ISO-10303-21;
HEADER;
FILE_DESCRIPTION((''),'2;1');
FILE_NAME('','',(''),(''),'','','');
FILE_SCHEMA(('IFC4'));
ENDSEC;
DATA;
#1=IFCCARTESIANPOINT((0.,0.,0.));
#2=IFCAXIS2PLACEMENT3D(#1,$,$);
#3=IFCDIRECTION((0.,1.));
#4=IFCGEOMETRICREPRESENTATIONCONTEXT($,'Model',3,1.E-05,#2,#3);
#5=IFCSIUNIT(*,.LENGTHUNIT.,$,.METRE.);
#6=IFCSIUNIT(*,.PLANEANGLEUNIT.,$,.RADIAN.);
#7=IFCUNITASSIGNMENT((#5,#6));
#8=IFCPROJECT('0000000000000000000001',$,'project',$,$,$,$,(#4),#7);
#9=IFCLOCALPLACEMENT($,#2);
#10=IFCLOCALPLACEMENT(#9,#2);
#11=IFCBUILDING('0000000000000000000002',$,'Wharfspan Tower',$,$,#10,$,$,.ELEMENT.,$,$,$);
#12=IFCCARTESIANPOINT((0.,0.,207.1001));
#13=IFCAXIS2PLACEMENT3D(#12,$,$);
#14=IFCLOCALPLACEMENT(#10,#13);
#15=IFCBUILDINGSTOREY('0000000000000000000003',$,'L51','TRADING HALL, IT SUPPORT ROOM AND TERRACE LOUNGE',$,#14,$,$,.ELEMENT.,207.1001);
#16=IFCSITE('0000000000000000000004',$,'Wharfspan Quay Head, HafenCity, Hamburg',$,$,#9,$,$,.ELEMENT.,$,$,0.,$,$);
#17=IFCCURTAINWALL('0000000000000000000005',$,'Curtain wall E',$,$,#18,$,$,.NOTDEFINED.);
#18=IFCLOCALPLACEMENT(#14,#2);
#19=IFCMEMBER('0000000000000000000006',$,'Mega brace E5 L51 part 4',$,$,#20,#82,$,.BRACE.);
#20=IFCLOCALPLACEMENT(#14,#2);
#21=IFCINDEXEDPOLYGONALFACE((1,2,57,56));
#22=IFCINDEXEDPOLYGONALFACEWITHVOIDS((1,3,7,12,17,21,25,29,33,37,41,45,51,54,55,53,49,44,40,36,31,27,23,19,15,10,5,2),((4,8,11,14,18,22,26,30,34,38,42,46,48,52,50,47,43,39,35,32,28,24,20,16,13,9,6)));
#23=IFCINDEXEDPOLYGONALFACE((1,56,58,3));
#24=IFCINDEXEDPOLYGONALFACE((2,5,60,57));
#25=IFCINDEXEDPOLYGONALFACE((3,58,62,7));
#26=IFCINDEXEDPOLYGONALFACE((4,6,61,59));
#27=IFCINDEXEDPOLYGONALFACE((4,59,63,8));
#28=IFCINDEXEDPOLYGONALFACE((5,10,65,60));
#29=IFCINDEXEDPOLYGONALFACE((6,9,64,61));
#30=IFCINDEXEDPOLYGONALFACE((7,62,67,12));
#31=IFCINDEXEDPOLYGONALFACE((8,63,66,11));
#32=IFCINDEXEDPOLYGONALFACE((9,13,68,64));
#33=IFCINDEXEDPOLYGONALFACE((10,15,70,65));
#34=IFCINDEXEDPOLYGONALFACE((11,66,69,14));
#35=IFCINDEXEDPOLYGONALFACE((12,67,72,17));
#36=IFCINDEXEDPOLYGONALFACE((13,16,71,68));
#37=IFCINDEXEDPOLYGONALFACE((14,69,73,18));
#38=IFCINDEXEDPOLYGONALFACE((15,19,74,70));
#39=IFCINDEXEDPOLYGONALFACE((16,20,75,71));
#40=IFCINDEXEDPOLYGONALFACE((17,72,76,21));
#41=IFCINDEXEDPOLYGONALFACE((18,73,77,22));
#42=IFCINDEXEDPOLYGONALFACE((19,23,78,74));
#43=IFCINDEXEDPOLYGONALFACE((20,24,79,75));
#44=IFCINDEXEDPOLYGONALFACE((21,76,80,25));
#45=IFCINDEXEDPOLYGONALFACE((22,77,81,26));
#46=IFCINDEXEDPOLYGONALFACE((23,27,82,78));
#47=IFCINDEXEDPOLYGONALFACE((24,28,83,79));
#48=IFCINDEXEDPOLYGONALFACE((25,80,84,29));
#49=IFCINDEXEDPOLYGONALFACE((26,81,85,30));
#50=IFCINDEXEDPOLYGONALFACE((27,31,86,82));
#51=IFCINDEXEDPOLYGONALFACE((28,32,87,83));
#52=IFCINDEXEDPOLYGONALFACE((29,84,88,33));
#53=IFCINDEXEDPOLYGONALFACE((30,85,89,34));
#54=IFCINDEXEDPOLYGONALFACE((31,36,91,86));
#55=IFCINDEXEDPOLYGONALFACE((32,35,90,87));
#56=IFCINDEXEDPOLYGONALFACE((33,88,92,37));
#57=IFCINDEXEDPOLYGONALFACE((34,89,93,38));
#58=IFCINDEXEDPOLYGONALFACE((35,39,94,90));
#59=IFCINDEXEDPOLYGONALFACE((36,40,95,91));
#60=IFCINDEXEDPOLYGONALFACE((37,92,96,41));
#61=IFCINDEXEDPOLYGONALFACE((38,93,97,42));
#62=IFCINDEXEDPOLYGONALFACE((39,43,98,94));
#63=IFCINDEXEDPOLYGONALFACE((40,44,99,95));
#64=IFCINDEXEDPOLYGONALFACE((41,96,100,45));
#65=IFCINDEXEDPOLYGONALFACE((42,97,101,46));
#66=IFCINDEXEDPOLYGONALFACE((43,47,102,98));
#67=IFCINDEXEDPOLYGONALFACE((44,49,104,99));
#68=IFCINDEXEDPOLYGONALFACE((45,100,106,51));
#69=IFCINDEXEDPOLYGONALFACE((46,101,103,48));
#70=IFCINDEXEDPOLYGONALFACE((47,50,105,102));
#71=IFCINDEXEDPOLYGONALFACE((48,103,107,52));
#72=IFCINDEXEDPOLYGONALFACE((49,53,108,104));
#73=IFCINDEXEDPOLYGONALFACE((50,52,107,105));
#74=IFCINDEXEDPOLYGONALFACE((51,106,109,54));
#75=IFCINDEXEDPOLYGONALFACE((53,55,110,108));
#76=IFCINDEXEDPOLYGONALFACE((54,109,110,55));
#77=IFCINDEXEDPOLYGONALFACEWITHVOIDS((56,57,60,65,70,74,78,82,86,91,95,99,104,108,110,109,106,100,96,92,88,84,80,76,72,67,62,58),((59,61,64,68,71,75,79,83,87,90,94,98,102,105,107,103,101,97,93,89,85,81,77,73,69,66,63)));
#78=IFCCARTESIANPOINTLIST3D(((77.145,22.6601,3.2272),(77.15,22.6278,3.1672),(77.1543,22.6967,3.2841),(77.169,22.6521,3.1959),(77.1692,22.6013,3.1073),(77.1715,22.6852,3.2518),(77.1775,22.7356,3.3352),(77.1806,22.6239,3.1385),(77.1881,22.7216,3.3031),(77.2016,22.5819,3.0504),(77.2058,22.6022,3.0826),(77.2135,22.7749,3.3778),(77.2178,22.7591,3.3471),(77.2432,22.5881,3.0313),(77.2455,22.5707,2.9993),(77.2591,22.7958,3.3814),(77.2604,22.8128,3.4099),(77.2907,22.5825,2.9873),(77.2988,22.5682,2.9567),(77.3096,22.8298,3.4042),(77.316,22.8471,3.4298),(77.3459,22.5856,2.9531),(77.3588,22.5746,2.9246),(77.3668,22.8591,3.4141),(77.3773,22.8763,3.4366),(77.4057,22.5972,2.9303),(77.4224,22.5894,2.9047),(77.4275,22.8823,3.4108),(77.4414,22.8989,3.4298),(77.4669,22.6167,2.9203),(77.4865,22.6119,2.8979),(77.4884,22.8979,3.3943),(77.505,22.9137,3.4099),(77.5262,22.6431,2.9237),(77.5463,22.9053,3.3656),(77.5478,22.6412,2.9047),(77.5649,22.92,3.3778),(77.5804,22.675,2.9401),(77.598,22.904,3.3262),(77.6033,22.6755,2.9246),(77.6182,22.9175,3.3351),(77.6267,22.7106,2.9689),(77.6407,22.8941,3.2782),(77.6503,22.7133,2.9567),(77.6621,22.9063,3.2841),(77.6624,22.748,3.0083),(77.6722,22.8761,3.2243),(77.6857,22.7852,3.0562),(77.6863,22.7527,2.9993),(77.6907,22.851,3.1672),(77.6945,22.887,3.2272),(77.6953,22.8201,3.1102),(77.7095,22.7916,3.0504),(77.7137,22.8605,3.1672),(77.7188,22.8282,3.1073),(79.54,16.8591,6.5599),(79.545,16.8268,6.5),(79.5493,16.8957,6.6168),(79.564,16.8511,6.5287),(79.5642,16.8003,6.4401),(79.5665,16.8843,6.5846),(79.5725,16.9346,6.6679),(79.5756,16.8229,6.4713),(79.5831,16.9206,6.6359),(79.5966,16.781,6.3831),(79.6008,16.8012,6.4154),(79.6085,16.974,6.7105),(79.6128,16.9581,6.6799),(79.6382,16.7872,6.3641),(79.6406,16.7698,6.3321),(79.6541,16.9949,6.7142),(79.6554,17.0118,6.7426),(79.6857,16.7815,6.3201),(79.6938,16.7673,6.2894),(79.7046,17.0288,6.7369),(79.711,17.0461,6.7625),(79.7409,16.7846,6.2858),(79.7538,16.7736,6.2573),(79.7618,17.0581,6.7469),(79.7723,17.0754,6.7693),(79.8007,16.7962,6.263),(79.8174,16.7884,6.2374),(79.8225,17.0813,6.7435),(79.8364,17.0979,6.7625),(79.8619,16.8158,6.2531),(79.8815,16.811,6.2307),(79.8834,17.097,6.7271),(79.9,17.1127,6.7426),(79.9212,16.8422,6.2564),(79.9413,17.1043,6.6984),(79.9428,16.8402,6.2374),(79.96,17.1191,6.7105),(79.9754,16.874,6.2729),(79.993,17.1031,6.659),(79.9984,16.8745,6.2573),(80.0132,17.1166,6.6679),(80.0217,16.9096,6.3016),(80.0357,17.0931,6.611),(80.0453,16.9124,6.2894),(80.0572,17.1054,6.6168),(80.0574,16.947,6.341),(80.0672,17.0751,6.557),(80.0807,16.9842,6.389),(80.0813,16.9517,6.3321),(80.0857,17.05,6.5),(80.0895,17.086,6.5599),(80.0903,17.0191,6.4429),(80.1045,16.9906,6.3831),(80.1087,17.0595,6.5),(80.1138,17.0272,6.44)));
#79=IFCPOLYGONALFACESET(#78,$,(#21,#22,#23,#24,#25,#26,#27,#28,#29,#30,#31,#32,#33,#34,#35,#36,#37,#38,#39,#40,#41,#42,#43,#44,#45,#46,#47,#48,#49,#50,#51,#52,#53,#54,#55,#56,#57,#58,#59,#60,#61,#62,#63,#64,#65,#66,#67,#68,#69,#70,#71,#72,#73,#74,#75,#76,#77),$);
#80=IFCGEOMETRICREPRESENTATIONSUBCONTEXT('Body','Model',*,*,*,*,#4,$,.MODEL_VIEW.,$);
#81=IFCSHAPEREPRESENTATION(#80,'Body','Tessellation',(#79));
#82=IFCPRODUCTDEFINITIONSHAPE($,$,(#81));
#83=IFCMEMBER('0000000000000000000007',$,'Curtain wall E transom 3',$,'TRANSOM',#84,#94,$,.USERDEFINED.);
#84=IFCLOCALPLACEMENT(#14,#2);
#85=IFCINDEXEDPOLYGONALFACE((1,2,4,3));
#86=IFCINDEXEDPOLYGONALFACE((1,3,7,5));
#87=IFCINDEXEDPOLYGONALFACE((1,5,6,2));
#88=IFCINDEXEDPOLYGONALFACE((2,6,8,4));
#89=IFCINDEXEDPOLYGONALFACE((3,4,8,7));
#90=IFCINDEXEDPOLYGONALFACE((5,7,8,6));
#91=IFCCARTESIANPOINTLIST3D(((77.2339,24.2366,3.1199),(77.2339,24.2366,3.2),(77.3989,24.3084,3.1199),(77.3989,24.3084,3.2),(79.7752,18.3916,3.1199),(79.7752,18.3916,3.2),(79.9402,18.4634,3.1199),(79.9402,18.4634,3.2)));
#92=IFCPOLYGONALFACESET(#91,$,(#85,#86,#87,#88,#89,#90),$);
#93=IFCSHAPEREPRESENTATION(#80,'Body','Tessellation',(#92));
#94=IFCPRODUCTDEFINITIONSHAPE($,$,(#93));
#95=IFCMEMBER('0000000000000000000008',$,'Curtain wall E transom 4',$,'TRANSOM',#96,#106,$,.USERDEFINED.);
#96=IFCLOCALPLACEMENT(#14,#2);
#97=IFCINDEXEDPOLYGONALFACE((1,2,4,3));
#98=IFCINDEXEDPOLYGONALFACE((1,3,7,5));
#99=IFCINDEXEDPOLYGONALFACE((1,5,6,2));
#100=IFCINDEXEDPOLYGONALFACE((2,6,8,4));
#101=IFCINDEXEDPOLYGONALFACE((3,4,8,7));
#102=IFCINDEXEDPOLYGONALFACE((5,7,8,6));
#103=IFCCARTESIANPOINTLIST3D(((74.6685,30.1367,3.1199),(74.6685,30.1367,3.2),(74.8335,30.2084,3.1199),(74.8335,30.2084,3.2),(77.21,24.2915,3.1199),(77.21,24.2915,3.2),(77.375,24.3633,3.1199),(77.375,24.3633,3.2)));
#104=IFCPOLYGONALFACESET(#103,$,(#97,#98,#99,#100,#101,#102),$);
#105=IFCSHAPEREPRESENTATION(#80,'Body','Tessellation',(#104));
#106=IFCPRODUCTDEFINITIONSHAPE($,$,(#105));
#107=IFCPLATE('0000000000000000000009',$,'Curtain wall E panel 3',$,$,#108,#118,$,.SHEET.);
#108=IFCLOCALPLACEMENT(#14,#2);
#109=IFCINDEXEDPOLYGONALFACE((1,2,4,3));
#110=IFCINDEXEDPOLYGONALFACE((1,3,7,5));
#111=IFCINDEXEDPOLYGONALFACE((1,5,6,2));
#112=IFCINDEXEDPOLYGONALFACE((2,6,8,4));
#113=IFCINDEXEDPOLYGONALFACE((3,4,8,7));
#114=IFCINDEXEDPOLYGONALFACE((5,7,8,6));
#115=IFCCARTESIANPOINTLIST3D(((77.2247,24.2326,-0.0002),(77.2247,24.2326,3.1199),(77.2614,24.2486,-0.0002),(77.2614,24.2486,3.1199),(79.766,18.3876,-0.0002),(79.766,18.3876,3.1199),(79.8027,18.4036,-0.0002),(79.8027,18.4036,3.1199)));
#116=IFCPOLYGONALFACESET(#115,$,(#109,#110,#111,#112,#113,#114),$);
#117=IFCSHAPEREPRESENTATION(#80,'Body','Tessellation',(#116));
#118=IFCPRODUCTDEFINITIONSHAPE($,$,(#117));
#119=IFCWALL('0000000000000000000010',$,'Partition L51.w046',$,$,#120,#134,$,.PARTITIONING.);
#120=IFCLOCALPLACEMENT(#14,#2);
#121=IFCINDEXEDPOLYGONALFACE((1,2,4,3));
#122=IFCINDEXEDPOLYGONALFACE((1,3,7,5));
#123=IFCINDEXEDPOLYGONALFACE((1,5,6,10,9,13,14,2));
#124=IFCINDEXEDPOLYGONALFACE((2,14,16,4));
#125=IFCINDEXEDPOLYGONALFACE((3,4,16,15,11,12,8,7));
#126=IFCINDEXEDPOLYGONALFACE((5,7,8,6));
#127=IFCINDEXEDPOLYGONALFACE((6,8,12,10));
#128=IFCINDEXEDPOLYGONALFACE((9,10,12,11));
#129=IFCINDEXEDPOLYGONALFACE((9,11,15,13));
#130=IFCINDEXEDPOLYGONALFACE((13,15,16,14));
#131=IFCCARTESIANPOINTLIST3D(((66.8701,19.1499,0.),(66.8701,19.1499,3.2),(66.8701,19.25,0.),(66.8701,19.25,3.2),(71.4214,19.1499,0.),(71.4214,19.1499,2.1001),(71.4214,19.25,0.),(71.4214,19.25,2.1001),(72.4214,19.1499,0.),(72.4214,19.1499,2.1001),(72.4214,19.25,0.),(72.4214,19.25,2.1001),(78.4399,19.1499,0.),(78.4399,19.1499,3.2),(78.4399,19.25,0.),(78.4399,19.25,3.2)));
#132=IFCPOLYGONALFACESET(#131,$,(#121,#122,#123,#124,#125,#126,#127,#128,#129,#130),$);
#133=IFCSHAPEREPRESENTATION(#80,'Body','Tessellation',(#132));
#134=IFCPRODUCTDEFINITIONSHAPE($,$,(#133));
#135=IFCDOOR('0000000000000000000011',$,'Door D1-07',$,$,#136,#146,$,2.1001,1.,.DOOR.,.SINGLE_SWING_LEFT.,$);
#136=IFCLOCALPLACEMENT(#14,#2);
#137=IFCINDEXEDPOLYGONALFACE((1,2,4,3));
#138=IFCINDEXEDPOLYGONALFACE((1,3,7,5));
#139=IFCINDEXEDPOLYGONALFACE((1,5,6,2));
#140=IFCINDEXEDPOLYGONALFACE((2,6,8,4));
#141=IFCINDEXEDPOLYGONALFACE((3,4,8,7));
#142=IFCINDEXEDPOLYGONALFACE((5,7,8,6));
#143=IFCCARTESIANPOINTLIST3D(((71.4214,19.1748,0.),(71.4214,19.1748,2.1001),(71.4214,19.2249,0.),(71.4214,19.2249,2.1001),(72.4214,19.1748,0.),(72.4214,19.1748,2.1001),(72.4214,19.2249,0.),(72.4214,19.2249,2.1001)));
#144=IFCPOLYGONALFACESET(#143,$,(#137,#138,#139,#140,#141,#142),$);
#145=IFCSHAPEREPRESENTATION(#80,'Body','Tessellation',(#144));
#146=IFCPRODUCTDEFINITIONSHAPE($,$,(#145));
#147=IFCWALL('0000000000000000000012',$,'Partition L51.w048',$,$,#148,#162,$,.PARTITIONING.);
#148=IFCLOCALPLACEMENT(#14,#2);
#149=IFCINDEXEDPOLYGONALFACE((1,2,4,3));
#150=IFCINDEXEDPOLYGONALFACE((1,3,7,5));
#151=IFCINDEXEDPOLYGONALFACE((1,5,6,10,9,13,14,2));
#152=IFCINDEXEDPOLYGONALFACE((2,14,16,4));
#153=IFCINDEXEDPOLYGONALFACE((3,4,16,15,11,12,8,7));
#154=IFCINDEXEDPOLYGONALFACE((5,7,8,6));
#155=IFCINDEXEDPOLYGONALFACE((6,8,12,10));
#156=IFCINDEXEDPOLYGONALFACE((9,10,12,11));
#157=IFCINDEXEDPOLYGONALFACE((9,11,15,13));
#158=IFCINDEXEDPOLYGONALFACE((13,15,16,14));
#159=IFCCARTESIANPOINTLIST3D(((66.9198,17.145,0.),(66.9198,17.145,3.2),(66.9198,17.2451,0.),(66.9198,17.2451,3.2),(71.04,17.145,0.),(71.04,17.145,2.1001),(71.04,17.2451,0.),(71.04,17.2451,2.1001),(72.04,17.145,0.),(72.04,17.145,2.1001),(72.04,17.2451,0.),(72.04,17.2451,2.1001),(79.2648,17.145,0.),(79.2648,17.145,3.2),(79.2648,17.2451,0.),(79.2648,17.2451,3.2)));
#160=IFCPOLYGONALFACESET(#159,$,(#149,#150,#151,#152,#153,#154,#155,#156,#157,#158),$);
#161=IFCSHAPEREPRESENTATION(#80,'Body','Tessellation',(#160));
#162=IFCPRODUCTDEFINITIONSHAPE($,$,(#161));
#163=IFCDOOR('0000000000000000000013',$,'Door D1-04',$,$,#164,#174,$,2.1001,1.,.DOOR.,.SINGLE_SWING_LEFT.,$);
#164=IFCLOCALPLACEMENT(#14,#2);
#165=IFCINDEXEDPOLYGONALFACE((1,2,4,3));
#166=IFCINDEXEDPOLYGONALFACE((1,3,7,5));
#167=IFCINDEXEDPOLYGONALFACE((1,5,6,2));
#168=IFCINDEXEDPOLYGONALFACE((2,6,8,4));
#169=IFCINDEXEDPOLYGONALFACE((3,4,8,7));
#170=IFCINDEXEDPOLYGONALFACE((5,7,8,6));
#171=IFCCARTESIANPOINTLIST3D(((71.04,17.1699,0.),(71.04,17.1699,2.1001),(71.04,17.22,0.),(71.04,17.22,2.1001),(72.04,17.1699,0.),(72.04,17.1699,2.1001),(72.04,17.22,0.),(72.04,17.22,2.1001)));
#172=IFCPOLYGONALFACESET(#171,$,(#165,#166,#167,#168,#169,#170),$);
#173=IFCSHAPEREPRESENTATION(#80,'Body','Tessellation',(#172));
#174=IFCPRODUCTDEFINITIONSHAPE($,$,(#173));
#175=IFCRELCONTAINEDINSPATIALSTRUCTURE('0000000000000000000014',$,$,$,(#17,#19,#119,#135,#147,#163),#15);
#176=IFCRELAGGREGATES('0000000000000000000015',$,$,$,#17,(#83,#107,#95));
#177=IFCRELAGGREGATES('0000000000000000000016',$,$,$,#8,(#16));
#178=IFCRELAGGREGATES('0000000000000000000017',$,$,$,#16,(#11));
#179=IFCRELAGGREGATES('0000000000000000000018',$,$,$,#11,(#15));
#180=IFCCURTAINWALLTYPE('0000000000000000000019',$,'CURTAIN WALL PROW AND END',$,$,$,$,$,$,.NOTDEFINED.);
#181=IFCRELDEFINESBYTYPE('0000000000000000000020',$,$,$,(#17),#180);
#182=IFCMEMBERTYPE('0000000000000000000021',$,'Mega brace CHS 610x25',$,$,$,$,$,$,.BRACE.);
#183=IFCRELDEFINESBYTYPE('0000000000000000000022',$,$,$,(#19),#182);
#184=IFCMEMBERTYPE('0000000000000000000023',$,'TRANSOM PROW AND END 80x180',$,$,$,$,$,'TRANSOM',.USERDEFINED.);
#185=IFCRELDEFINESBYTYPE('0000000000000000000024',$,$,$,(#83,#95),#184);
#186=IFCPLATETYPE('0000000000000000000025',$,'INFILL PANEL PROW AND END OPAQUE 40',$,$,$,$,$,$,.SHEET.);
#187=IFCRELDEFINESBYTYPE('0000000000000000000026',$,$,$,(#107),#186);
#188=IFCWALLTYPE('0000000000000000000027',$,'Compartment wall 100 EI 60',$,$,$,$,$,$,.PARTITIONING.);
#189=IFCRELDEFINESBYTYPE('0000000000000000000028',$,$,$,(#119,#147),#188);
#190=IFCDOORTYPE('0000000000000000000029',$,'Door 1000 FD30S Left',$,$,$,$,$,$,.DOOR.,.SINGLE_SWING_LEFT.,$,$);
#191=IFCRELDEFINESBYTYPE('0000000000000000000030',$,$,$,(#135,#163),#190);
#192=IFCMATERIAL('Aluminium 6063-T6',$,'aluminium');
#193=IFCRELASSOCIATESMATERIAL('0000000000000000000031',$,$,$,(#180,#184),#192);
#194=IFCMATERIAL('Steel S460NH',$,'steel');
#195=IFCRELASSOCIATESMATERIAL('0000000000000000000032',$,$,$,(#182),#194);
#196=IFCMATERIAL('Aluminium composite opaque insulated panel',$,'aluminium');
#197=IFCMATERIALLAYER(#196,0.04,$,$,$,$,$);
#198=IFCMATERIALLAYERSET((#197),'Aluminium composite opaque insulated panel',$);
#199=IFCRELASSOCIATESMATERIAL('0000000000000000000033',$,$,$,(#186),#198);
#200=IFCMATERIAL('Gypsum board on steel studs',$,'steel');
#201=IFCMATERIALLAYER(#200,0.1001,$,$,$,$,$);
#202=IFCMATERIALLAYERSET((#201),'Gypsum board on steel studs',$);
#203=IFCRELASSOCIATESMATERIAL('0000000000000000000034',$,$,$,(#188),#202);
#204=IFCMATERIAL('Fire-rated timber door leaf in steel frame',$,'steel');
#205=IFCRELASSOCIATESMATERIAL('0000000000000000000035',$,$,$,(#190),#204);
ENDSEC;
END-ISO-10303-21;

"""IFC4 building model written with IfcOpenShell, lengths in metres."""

from ifc_helpers import new_model, si_unit, direction, frame, frame_2d, origin, origin_2d, place, context, subcontext, project, spatial, rectangle, hollow_circle, extrude, material, layer, layer_set, material_profile, profile_set, type_object, element, fill, aggregate, save


model = new_model("IFC4")

# Units and contexts
model_context = context("Model", 3, precision=1e-05, world=origin(), true_north=direction((0.0, 1.0)))
body_context = subcontext(model_context, "Body", "Model", "MODEL_VIEW")
ifc_project = project(units=[si_unit("LENGTHUNIT", "METRE"), si_unit("PLANEANGLEUNIT", "RADIAN")], contexts=[model_context])

# Site, building, storey
site_placement = place(None, origin())
site = spatial("IfcSite", under=ifc_project, at=site_placement, Name="Wharfspan Quay Head, HafenCity, Hamburg", CompositionType="ELEMENT", RefElevation=0.0)
building_placement = place(site_placement, origin())
building = spatial("IfcBuilding", under=site, at=building_placement, Name="Wharfspan Tower", CompositionType="ELEMENT")
storey_placement = place(building_placement, frame((0.0, 0.0, 207.1001)))
storey = spatial("IfcBuildingStorey", under=building, at=storey_placement, Name="L51", Description="TRADING HALL, IT SUPPORT ROOM AND TERRACE LOUNGE", CompositionType="ELEMENT", Elevation=207.1001)

# Shared definitions
ifc_material_1 = material(Name="Steel S460NH", Category="steel")

# Curtain wall
ifc_material_2 = material(Name="Aluminium 6063-T6", Category="aluminium")
curtain_wall_type = type_object("IfcCurtainWallType", Name="CURTAIN WALL PROW AND END", PredefinedType="NOTDEFINED", material=ifc_material_2)
curtain_wall_placement = place(storey_placement, origin())
curtain_wall = element("IfcCurtainWall", 1, at=curtain_wall_placement, inside=storey, type_object=curtain_wall_type, Name="Curtain wall E", PredefinedType="NOTDEFINED")

# Member
ifc_material_profile_1 = material_profile(ifc_material_1, hollow_circle(Radius=0.3049, WallThickness=0.0249, at=origin_2d()))
ifc_profile_set_1 = profile_set([ifc_material_profile_1], Name="Steel S460NH")
member_type_1 = type_object("IfcMemberType", Name="Mega brace CHS 610x25", PredefinedType="BRACE", material=ifc_profile_set_1)
member_1_placement = place(storey_placement, frame((77.4319, 22.7441, 3.1672), z_axis=(0.337042, -0.816355, 0.469007), x_axis=(0.924324, 0.381616, -0.000004)))
element("IfcMember", 2, at=member_1_placement, inside=storey, type_object=member_type_1, Name="Mega brace E5 L51 part 4", PredefinedType="BRACE", context=body_context, shape_type="SweptSolid", body=[
    extrude(hollow_circle(Radius=0.3049, WallThickness=0.0249, at=origin_2d()), origin(), (0.0, 0.0, 1.0), 7.106),
])

# Members
ifc_material_profile_2 = material_profile(ifc_material_2, rectangle(XDim=0.1799, YDim=0.0801, at=origin_2d()))
ifc_profile_set_2 = profile_set([ifc_material_profile_2], Name="Aluminium 6063-T6")
member_type_2 = type_object("IfcMemberType", Name="TRANSOM PROW AND END 80x180", ElementType="TRANSOM", PredefinedType="USERDEFINED", material=ifc_profile_set_2)
member_2_placement = place(storey_placement, frame((79.8577, 18.4275, 3.1599), z_axis=(-0.398722, 0.917072, 0.0), x_axis=(-0.917072, -0.398722, 0.0)))
member_2 = element("IfcMember", 3, at=member_2_placement, type_object=member_type_2, Name="Curtain wall E transom 3", ObjectType="TRANSOM", PredefinedType="USERDEFINED", context=body_context, shape_type="SweptSolid", body=[
    extrude(rectangle(XDim=0.1799, YDim=0.0801, at=origin_2d()), origin(), (0.0, 0.0, 1.0), 6.3735),
])
member_3_placement = place(storey_placement, frame((77.2925, 24.3274, 3.1599), z_axis=(-0.39874, 0.917064, 0.0), x_axis=(-0.917064, -0.39874, 0.0)))
member_3 = element("IfcMember", 4, at=member_3_placement, type_object=member_type_2, Name="Curtain wall E transom 4", ObjectType="TRANSOM", PredefinedType="USERDEFINED", context=body_context, shape_type="SweptSolid", body=[
    extrude(rectangle(XDim=0.1799, YDim=0.0801, at=origin_2d()), origin(), (0.0, 0.0, 1.0), 6.3738),
])

# Plate
ifc_material_3 = material(Name="Aluminium composite opaque insulated panel", Category="aluminium")
ifc_layer_1 = layer(ifc_material_3, 0.04)
ifc_layer_set_1 = layer_set([ifc_layer_1], Name="Aluminium composite opaque insulated panel")
plate_type = type_object("IfcPlateType", Name="INFILL PANEL PROW AND END OPAQUE 40", PredefinedType="SHEET", material=ifc_layer_set_1)
plate_placement = place(storey_placement, frame((78.5137, 21.3181, -0.0002), z_axis=(0.0, 0.0, 1.0), x_axis=(-0.398727, 0.917072, 0.0)))
plate = element("IfcPlate", 5, at=plate_placement, type_object=plate_type, Name="Curtain wall E panel 3", PredefinedType="SHEET", context=body_context, shape_type="SweptSolid", body=[
    extrude(rectangle(XDim=6.3735, YDim=0.04, at=origin_2d()), origin(), (0.0, 0.0, 1.0), 3.1201),
])
aggregate(curtain_wall, [member_2, plate, member_3])

# Walls, openings, doors
ifc_material_4 = material(Name="Gypsum board on steel studs", Category="steel")
ifc_layer_2 = layer(ifc_material_4, 0.1001)
ifc_layer_set_2 = layer_set([ifc_layer_2], Name="Gypsum board on steel studs")
wall_type_1 = type_object("IfcWallType", Name="Compartment wall 100 EI 60", PredefinedType="PARTITIONING", material=ifc_layer_set_2)
wall_1_placement = place(storey_placement, frame((66.8701, 19.2, 0.0), z_axis=(0.0, 0.0, 1.0), x_axis=(1.0, 0.0, 0.0)))
wall_1 = element("IfcWall", 6, at=wall_1_placement, inside=storey, type_object=wall_type_1, Name="Partition L51.w046", PredefinedType="PARTITIONING", context=body_context, shape_type="SweptSolid", body=[
    extrude(rectangle(XDim=11.5698, YDim=0.1001, at=frame_2d((5.7849, 0.0))), origin(), (0.0, 0.0, 1.0), 3.2),
])
opening_1_placement = place(wall_1_placement, frame((4.5513, 0.0, 0.0)))
opening_1 = element("IfcOpeningElement", 7, at=opening_1_placement, cuts=wall_1, PredefinedType="OPENING", context=body_context, shape_type="SweptSolid", body=[
    extrude(rectangle(XDim=1.0, YDim=2.1001, at=frame_2d((0.5, 1.05))), frame((0.0, 0.0601, 0.0), z_axis=(0.0, -1.0, 0.0), x_axis=(1.0, 0.0, 0.0)), (0.0, 0.0, 1.0), 0.1201),
])
ifc_material_5 = material(Name="Fire-rated timber door leaf in steel frame", Category="steel")
door_type_1 = type_object("IfcDoorType", Name="Door 1000 FD30S Left", OperationType="SINGLE_SWING_LEFT", PredefinedType="DOOR", material=ifc_material_5)
door_1_placement = place(opening_1_placement, origin())
door_1 = element("IfcDoor", 8, at=door_1_placement, inside=storey, type_object=door_type_1, Name="Door D1-07", OperationType="SINGLE_SWING_LEFT", OverallHeight=2.1001, OverallWidth=1.0, PredefinedType="DOOR", context=body_context, shape_type="SweptSolid", body=[
    extrude(rectangle(XDim=1.0, YDim=2.1001, at=frame_2d((0.5, 1.05))), frame((0.0, 0.0249, 0.0), z_axis=(0.0, -1.0, 0.0), x_axis=(1.0, 0.0, 0.0)), (0.0, 0.0, 1.0), 0.05),
])
fill(opening_1, door_1)
wall_2_placement = place(storey_placement, frame((66.9199, 17.1951, 0.0), z_axis=(0.0, 0.0, 1.0), x_axis=(1.0, 0.0, 0.0)))
wall_2 = element("IfcWall", 9, at=wall_2_placement, inside=storey, type_object=wall_type_1, Name="Partition L51.w048", PredefinedType="PARTITIONING", context=body_context, shape_type="SweptSolid", body=[
    extrude(rectangle(XDim=12.345, YDim=0.1001, at=frame_2d((6.1724, 0.0))), origin(), (0.0, 0.0, 1.0), 3.2),
])
opening_2_placement = place(wall_2_placement, frame((4.1201, 0.0, 0.0)))
opening_2 = element("IfcOpeningElement", 10, at=opening_2_placement, cuts=wall_2, PredefinedType="OPENING", context=body_context, shape_type="SweptSolid", body=[
    extrude(rectangle(XDim=1.0, YDim=2.1001, at=frame_2d((0.5, 1.05))), frame((0.0, 0.0601, 0.0), z_axis=(0.0, -1.0, 0.0), x_axis=(1.0, 0.0, 0.0)), (0.0, 0.0, 1.0), 0.1201),
])
door_2_placement = place(opening_2_placement, origin())
door_2 = element("IfcDoor", 11, at=door_2_placement, inside=storey, type_object=door_type_1, Name="Door D1-04", OperationType="SINGLE_SWING_LEFT", OverallHeight=2.1001, OverallWidth=1.0, PredefinedType="DOOR", context=body_context, shape_type="SweptSolid", body=[
    extrude(rectangle(XDim=1.0, YDim=2.1001, at=frame_2d((0.5, 1.05))), frame((0.0, 0.0249, 0.0), z_axis=(0.0, -1.0, 0.0), x_axis=(1.0, 0.0, 0.0)), (0.0, 0.0, 1.0), 0.05),
])
fill(opening_2, door_2)

save(model, "model.ifc")
